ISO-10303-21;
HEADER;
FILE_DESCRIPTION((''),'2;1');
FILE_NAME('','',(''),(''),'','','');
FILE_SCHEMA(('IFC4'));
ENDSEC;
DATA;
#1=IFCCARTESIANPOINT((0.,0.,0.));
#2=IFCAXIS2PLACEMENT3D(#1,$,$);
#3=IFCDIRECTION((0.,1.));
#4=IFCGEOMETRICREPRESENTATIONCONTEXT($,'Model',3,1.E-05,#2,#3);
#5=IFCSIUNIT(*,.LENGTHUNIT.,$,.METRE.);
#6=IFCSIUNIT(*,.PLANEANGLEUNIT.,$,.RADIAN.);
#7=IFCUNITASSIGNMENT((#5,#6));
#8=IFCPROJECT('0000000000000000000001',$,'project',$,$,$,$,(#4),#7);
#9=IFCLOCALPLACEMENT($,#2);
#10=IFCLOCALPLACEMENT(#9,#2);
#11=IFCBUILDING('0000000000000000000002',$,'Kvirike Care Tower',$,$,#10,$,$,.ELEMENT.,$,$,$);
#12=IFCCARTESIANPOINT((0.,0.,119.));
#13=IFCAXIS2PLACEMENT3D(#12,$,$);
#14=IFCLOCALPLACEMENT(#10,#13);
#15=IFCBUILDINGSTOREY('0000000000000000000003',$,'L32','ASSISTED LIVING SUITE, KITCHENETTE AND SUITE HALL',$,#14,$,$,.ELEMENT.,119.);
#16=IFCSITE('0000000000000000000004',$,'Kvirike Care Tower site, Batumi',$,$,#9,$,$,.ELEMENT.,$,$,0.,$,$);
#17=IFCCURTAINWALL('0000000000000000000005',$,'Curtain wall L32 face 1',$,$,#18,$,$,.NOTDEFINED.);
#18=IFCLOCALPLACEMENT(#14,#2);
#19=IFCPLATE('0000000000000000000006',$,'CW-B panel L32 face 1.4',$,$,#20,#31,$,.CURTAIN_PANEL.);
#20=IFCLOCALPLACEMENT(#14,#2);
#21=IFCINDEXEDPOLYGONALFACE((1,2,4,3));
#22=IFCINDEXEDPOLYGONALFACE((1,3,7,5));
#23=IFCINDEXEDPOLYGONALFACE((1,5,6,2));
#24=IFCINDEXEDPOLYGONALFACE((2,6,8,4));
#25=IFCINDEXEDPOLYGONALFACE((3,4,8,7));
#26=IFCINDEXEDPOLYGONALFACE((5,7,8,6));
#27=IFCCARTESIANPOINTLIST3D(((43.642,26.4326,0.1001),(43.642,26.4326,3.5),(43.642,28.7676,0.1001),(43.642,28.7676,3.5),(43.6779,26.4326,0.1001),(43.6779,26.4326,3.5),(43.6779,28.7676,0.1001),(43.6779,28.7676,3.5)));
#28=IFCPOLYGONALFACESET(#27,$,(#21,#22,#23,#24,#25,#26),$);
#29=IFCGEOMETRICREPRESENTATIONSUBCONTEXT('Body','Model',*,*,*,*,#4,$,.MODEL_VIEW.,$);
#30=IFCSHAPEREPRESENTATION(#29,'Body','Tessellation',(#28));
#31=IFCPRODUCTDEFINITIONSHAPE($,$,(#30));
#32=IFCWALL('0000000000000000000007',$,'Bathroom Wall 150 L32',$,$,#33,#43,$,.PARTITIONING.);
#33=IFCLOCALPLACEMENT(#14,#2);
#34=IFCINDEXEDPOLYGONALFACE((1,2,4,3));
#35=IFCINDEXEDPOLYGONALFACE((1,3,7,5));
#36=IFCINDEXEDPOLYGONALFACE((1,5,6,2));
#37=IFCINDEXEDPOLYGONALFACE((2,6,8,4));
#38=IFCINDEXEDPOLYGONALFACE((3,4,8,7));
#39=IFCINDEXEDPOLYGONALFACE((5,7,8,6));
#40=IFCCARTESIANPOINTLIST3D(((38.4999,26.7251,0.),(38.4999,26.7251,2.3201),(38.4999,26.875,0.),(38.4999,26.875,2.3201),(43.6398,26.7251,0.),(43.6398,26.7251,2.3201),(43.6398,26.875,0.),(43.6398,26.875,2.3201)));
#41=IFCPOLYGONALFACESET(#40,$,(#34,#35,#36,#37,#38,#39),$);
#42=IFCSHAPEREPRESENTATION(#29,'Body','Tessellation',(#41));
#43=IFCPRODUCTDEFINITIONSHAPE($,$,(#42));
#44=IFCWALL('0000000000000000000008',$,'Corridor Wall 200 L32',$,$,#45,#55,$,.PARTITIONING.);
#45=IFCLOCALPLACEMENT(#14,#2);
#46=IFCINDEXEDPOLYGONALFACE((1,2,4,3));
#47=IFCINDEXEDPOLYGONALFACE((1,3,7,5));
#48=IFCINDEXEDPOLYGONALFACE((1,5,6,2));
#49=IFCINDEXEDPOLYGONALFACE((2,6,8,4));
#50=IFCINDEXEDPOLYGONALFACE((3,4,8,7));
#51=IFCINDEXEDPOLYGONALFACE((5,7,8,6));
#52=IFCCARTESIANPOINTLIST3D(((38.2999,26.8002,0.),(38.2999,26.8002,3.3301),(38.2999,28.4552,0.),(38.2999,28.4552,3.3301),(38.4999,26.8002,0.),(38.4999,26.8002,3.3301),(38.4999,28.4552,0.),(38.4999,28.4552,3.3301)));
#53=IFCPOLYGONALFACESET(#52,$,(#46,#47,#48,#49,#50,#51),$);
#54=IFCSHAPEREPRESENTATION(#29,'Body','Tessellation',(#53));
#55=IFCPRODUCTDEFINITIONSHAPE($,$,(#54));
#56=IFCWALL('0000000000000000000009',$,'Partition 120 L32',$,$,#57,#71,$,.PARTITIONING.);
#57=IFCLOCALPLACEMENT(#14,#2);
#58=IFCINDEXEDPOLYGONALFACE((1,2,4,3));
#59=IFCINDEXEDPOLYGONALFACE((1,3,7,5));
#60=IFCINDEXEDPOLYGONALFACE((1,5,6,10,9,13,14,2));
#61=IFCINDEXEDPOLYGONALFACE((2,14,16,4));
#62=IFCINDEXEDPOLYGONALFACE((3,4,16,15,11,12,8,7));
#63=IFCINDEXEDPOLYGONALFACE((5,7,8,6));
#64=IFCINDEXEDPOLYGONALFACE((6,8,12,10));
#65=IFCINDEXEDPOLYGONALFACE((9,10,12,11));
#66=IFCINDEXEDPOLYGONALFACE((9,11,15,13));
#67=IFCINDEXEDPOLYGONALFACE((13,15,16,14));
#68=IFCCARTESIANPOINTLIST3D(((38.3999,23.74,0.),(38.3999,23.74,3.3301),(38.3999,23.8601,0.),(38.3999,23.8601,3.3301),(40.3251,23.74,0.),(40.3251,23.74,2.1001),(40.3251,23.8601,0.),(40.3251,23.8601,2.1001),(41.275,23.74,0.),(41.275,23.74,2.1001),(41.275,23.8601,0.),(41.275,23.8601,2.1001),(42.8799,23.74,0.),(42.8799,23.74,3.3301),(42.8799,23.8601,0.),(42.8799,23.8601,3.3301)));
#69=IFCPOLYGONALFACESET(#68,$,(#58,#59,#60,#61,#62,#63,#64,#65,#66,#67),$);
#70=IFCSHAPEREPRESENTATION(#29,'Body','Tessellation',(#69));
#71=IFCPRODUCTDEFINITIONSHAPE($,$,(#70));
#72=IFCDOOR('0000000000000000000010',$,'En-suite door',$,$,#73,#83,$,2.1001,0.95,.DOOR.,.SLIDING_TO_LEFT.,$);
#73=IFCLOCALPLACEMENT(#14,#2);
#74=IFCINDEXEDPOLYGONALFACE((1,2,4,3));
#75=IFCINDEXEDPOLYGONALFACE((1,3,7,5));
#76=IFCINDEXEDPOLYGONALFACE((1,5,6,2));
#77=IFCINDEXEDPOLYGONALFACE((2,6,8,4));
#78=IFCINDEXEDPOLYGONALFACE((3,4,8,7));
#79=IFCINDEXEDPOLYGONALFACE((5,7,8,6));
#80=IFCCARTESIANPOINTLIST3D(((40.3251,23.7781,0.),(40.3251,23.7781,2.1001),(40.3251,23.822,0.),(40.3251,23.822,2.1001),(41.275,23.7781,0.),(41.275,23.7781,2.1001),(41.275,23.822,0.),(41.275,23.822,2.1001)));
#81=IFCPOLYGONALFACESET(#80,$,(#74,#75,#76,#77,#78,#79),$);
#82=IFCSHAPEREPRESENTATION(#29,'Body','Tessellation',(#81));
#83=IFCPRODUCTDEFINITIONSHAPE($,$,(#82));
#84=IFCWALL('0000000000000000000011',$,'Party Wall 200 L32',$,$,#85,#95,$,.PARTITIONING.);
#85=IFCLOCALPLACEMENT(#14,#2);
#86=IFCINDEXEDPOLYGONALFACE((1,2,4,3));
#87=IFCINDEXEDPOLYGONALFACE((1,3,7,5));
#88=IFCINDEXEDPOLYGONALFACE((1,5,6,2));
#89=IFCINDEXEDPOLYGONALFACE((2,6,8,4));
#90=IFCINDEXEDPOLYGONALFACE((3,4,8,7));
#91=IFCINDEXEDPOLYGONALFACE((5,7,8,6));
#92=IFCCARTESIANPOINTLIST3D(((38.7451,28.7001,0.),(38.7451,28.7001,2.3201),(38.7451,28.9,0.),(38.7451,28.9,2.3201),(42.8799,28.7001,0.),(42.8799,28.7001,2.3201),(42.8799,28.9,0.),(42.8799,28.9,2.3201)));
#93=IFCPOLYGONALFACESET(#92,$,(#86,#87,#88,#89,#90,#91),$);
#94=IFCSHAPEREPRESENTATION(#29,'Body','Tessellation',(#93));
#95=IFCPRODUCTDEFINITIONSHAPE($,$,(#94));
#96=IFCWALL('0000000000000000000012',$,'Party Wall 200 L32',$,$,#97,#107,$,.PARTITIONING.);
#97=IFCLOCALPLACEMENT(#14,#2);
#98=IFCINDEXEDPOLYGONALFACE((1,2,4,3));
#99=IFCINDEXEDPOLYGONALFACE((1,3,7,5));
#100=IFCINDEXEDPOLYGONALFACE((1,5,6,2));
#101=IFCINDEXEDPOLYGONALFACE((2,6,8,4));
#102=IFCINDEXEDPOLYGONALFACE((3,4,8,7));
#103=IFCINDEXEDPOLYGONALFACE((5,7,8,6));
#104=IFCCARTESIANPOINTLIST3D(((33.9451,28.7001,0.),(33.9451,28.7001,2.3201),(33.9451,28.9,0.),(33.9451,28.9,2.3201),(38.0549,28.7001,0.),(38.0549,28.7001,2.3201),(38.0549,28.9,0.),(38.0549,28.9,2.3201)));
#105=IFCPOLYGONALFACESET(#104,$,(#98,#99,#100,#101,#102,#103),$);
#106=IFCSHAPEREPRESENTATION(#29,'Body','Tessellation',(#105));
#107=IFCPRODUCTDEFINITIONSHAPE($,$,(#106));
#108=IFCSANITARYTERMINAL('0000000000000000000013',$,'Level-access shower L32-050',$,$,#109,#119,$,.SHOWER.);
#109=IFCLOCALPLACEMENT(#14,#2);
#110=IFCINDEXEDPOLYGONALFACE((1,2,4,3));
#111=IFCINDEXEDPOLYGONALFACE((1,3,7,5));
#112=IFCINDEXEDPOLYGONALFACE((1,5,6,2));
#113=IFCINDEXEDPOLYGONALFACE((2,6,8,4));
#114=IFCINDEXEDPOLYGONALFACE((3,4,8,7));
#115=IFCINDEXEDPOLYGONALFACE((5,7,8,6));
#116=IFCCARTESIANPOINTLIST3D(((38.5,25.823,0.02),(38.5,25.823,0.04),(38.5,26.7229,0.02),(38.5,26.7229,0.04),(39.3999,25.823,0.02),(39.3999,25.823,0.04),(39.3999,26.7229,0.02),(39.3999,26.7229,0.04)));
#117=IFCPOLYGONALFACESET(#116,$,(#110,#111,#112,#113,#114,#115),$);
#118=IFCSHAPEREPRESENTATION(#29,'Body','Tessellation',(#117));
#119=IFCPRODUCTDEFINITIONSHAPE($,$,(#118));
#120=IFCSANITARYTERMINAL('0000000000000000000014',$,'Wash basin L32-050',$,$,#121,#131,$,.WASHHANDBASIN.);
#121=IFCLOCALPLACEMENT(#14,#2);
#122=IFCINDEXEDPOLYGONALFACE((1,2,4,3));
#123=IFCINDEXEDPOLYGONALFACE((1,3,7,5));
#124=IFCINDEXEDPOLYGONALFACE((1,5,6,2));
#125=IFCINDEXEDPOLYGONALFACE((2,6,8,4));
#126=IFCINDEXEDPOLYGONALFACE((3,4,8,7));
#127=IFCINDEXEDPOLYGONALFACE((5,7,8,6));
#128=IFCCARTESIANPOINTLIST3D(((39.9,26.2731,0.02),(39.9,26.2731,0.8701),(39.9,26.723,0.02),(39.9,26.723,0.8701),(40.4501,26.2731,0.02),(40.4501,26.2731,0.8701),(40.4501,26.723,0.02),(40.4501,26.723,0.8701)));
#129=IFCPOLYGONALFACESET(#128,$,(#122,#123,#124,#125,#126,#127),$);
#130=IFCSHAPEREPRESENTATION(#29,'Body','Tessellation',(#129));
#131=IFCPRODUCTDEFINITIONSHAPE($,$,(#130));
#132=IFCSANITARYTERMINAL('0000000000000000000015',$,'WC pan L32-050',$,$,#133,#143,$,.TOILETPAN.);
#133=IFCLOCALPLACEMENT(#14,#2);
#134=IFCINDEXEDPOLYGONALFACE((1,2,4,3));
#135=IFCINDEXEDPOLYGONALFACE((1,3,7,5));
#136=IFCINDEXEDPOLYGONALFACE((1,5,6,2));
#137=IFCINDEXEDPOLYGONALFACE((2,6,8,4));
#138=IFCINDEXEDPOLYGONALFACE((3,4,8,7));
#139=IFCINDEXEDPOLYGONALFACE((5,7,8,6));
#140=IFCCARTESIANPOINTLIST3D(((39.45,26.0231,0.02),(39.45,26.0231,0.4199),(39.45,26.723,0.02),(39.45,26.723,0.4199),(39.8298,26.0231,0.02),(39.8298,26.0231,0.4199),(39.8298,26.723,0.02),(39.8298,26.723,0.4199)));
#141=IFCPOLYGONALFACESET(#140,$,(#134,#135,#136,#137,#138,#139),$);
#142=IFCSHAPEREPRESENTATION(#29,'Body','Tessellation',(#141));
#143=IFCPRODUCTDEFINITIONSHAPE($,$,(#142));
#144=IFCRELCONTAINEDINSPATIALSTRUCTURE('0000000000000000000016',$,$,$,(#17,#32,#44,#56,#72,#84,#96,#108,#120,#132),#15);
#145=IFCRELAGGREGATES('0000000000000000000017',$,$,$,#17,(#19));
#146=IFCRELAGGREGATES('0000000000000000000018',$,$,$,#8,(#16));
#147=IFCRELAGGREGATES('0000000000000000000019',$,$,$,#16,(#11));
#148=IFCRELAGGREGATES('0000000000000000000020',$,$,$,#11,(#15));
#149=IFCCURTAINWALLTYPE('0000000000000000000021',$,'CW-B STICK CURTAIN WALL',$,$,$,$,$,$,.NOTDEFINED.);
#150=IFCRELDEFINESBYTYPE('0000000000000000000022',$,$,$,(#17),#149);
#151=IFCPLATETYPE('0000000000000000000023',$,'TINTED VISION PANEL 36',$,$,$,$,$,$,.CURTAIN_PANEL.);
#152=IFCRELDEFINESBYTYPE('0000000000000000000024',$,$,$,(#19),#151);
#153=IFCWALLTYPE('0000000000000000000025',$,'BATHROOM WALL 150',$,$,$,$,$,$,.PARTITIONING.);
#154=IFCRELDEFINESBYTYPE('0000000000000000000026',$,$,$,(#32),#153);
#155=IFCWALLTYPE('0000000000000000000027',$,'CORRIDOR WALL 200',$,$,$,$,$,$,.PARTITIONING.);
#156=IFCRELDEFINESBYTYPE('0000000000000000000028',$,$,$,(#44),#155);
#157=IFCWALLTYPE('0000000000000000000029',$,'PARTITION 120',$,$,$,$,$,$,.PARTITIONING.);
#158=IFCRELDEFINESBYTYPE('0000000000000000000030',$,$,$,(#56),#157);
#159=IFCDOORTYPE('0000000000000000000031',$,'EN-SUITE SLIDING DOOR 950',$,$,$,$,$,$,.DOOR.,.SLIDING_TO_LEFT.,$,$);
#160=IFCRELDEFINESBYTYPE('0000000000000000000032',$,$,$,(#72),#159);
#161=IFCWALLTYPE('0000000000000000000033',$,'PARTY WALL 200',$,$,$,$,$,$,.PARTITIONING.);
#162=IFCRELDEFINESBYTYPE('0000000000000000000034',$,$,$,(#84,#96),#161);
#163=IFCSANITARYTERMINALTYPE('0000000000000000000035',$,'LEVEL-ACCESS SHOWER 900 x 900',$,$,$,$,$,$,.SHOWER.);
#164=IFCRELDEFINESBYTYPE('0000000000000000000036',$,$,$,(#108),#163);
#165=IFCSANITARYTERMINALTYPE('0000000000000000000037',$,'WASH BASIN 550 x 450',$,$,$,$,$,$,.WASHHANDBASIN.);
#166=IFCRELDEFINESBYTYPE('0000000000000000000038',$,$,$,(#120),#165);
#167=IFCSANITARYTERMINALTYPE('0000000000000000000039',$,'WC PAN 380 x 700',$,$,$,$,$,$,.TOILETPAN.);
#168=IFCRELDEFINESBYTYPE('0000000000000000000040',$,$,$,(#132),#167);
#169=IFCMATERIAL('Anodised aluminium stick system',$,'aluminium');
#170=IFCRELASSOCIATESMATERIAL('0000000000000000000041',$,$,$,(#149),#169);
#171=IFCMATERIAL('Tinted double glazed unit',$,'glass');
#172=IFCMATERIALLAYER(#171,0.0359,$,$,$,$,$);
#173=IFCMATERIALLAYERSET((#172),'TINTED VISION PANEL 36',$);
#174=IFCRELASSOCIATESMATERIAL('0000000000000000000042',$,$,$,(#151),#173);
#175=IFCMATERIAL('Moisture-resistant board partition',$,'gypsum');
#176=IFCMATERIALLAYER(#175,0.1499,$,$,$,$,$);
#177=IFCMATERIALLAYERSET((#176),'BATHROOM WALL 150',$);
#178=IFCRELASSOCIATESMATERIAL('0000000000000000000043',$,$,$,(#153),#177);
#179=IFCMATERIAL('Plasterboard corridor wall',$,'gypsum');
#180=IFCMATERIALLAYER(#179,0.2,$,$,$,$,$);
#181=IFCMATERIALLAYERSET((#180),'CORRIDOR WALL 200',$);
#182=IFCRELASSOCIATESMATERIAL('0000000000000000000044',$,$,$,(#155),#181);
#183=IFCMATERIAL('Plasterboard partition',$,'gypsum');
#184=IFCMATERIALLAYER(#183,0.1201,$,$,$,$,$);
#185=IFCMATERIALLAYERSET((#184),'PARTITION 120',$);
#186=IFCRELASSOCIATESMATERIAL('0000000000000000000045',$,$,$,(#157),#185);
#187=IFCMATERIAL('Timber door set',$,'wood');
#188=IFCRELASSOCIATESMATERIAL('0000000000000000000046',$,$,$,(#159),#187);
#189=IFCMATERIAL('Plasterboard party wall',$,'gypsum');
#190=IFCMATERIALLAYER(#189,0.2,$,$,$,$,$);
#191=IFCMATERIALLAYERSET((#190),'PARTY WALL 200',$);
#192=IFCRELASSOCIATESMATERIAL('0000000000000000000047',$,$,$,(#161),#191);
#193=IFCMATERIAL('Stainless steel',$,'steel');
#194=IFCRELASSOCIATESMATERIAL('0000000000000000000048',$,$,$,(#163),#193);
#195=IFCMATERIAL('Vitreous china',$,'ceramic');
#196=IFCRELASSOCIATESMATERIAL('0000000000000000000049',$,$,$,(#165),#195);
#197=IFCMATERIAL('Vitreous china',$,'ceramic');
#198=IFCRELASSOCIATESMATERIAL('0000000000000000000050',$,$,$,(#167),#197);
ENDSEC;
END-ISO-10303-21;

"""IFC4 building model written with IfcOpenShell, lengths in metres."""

from ifc_helpers import new_model, si_unit, direction, frame, frame_2d, origin, origin_2d, place, context, subcontext, project, spatial, rectangle, extrude, material, layer, layer_set, type_object, element, fill, aggregate, save


model = new_model("IFC4")

# Units and contexts
model_context = context("Model", 3, precision=1e-05, world=origin(), true_north=direction((0.0, 1.0)))
body_context = subcontext(model_context, "Body", "Model", "MODEL_VIEW")
ifc_project = project(units=[si_unit("LENGTHUNIT", "METRE"), si_unit("PLANEANGLEUNIT", "RADIAN")], contexts=[model_context])

# Site, building, storey
site_placement = place(None, origin())
site = spatial("IfcSite", under=ifc_project, at=site_placement, Name="Kvirike Care Tower site, Batumi", CompositionType="ELEMENT", RefElevation=0.0)
building_placement = place(site_placement, origin())
building = spatial("IfcBuilding", under=site, at=building_placement, Name="Kvirike Care Tower", CompositionType="ELEMENT")
storey_placement = place(building_placement, frame((0.0, 0.0, 119.0)))
storey = spatial("IfcBuildingStorey", under=building, at=storey_placement, Name="L32", Description="ASSISTED LIVING SUITE, KITCHENETTE AND SUITE HALL", CompositionType="ELEMENT", Elevation=119.0)

# Curtain wall
ifc_material_1 = material(Name="Anodised aluminium stick system", Category="aluminium")
curtain_wall_type = type_object("IfcCurtainWallType", Name="CW-B STICK CURTAIN WALL", PredefinedType="NOTDEFINED", material=ifc_material_1)
curtain_wall_placement = place(storey_placement, origin())
curtain_wall = element("IfcCurtainWall", 1, at=curtain_wall_placement, inside=storey, type_object=curtain_wall_type, Name="Curtain wall L32 face 1", PredefinedType="NOTDEFINED")

# Plate
ifc_material_2 = material(Name="Tinted double glazed unit", Category="glass")
ifc_layer_1 = layer(ifc_material_2, 0.0359)
ifc_layer_set_1 = layer_set([ifc_layer_1], Name="TINTED VISION PANEL 36")
plate_type = type_object("IfcPlateType", Name="TINTED VISION PANEL 36", PredefinedType="CURTAIN_PANEL", material=ifc_layer_set_1)
plate_1_placement = place(storey_placement, frame((43.6599, 27.6001, 0.1001), z_axis=(0.0, 0.0, 1.0), x_axis=(0.0, 1.0, 0.0)))
plate_1 = element("IfcPlate", 2, at=plate_1_placement, type_object=plate_type, Name="CW-B panel L32 face 1.4", PredefinedType="CURTAIN_PANEL", context=body_context, shape_type="SweptSolid", body=[
    extrude(rectangle(XDim=2.335, YDim=0.0359, at=origin_2d()), origin(), (0.0, 0.0, 1.0), 3.3999),
])
aggregate(curtain_wall, [plate_1])

# Walls
ifc_material_3 = material(Name="Moisture-resistant board partition", Category="gypsum")
ifc_layer_2 = layer(ifc_material_3, 0.1499)
ifc_layer_set_2 = layer_set([ifc_layer_2], Name="BATHROOM WALL 150")
wall_type_1 = type_object("IfcWallType", Name="BATHROOM WALL 150", PredefinedType="PARTITIONING", material=ifc_layer_set_2)
wall_1_placement = place(storey_placement, frame((38.5, 26.8, 0.0), z_axis=(0.0, 0.0, 1.0), x_axis=(1.0, 0.0, 0.0)))
element("IfcWall", 3, at=wall_1_placement, inside=storey, type_object=wall_type_1, Name="Bathroom Wall 150 L32", PredefinedType="PARTITIONING", context=body_context, shape_type="SweptSolid", body=[
    extrude(rectangle(XDim=5.1399, YDim=0.1499, at=frame_2d((2.5698, 0.0))), origin(), (0.0, 0.0, 1.0), 2.3201),
])
ifc_material_4 = material(Name="Plasterboard corridor wall", Category="gypsum")
ifc_layer_3 = layer(ifc_material_4, 0.2)
ifc_layer_set_3 = layer_set([ifc_layer_3], Name="CORRIDOR WALL 200")
wall_type_2 = type_object("IfcWallType", Name="CORRIDOR WALL 200", PredefinedType="PARTITIONING", material=ifc_layer_set_3)
wall_2_placement = place(storey_placement, frame((38.3999, 26.8, 0.0), z_axis=(0.0, 0.0, 1.0), x_axis=(0.0, 1.0, 0.0)))
element("IfcWall", 4, at=wall_2_placement, inside=storey, type_object=wall_type_2, Name="Corridor Wall 200 L32", PredefinedType="PARTITIONING", context=body_context, shape_type="SweptSolid", body=[
    extrude(rectangle(XDim=1.655, YDim=0.2, at=frame_2d((0.8276, 0.0))), origin(), (0.0, 0.0, 1.0), 3.3301),
])

# Wall, opening, door
ifc_material_5 = material(Name="Plasterboard partition", Category="gypsum")
ifc_layer_4 = layer(ifc_material_5, 0.1201)
ifc_layer_set_4 = layer_set([ifc_layer_4], Name="PARTITION 120")
wall_type_3 = type_object("IfcWallType", Name="PARTITION 120", PredefinedType="PARTITIONING", material=ifc_layer_set_4)
wall_3_placement = place(storey_placement, frame((38.3999, 23.8, 0.0), z_axis=(0.0, 0.0, 1.0), x_axis=(1.0, 0.0, 0.0)))
wall_3 = element("IfcWall", 5, at=wall_3_placement, inside=storey, type_object=wall_type_3, Name="Partition 120 L32", PredefinedType="PARTITIONING", context=body_context, shape_type="SweptSolid", body=[
    extrude(rectangle(XDim=4.48, YDim=0.1201, at=frame_2d((2.24, 0.0))), origin(), (0.0, 0.0, 1.0), 3.3301),
])
opening_placement = place(wall_3_placement, frame((1.925, 0.0, 0.0)))
opening = element("IfcOpeningElement", 6, at=opening_placement, cuts=wall_3, PredefinedType="OPENING", context=body_context, shape_type="SweptSolid", body=[
    extrude(rectangle(XDim=0.95, YDim=2.1001, at=frame_2d((0.4751, 1.05))), frame((0.0, 0.0706, 0.0), z_axis=(0.0, -1.0, 0.0), x_axis=(1.0, 0.0, 0.0)), (0.0, 0.0, 1.0), 0.1411),
])
ifc_material_6 = material(Name="Timber door set", Category="wood")
door_type = type_object("IfcDoorType", Name="EN-SUITE SLIDING DOOR 950", OperationType="SLIDING_TO_LEFT", PredefinedType="DOOR", material=ifc_material_6)
door_placement = place(opening_placement, origin())
door = element("IfcDoor", 7, at=door_placement, inside=storey, type_object=door_type, Name="En-suite door", OperationType="SLIDING_TO_LEFT", OverallHeight=2.1001, OverallWidth=0.95, PredefinedType="DOOR", context=body_context, shape_type="SweptSolid", body=[
    extrude(rectangle(XDim=0.95, YDim=2.1001, at=frame_2d((0.4751, 1.05))), frame((0.0, 0.022, 0.0), z_axis=(0.0, -1.0, 0.0), x_axis=(1.0, 0.0, 0.0)), (0.0, 0.0, 1.0), 0.0439),
])
fill(opening, door)

# Walls
ifc_material_7 = material(Name="Plasterboard party wall", Category="gypsum")
ifc_layer_5 = layer(ifc_material_7, 0.2)
ifc_layer_set_5 = layer_set([ifc_layer_5], Name="PARTY WALL 200")
wall_type_4 = type_object("IfcWallType", Name="PARTY WALL 200", PredefinedType="PARTITIONING", material=ifc_layer_set_5)
wall_4_placement = place(storey_placement, frame((42.8799, 28.8, 0.0), z_axis=(0.0, 0.0, 1.0), x_axis=(-1.0, 0.0, 0.0)))
element("IfcWall", 8, at=wall_4_placement, inside=storey, type_object=wall_type_4, Name="Party Wall 200 L32", PredefinedType="PARTITIONING", context=body_context, shape_type="SweptSolid", body=[
    extrude(rectangle(XDim=4.1348, YDim=0.2, at=frame_2d((2.0674, 0.0))), origin(), (0.0, 0.0, 1.0), 2.3201),
])
wall_5_placement = place(storey_placement, frame((38.0549, 28.8, 0.0), z_axis=(0.0, 0.0, 1.0), x_axis=(-1.0, 0.0, 0.0)))
element("IfcWall", 9, at=wall_5_placement, inside=storey, type_object=wall_type_4, Name="Party Wall 200 L32", PredefinedType="PARTITIONING", context=body_context, shape_type="SweptSolid", body=[
    extrude(rectangle(XDim=4.1099, YDim=0.2, at=frame_2d((2.0549, 0.0))), origin(), (0.0, 0.0, 1.0), 2.3201),
])

# Sanitary terminals
ifc_material_8 = material(Name="Stainless steel", Category="steel")
sanitary_terminal_type_1 = type_object("IfcSanitaryTerminalType", Name="LEVEL-ACCESS SHOWER 900 x 900", PredefinedType="SHOWER", material=ifc_material_8)
sanitary_terminal_1_placement = place(storey_placement, frame((38.95, 26.2729, 0.02), z_axis=(0.0, 0.0, 1.0), x_axis=(1.0, 0.0, 0.0)))
element("IfcSanitaryTerminal", 10, at=sanitary_terminal_1_placement, inside=storey, type_object=sanitary_terminal_type_1, Name="Level-access shower L32-050", PredefinedType="SHOWER", context=body_context, shape_type="SweptSolid", body=[
    extrude(rectangle(XDim=0.8999, YDim=0.8999, at=origin_2d()), origin(), (0.0, 0.0, 1.0), 0.02),
])
ifc_material_9 = material(Name="Vitreous china", Category="ceramic")
sanitary_terminal_type_2 = type_object("IfcSanitaryTerminalType", Name="WASH BASIN 550 x 450", PredefinedType="WASHHANDBASIN", material=ifc_material_9)
sanitary_terminal_2_placement = place(storey_placement, frame((40.175, 26.498, 0.02), z_axis=(0.0, 0.0, 1.0), x_axis=(1.0, 0.0, 0.0)))
element("IfcSanitaryTerminal", 11, at=sanitary_terminal_2_placement, inside=storey, type_object=sanitary_terminal_type_2, Name="Wash basin L32-050", PredefinedType="WASHHANDBASIN", context=body_context, shape_type="SweptSolid", body=[
    extrude(rectangle(XDim=0.55, YDim=0.45, at=origin_2d()), origin(), (0.0, 0.0, 1.0), 0.8501),
])
ifc_material_10 = material(Name="Vitreous china", Category="ceramic")
sanitary_terminal_type_3 = type_object("IfcSanitaryTerminalType", Name="WC PAN 380 x 700", PredefinedType="TOILETPAN", material=ifc_material_10)
sanitary_terminal_3_placement = place(storey_placement, frame((39.6399, 26.373, 0.02), z_axis=(0.0, 0.0, 1.0), x_axis=(1.0, 0.0, 0.0)))
element("IfcSanitaryTerminal", 12, at=sanitary_terminal_3_placement, inside=storey, type_object=sanitary_terminal_type_3, Name="WC pan L32-050", PredefinedType="TOILETPAN", context=body_context, shape_type="SweptSolid", body=[
    extrude(rectangle(XDim=0.3799, YDim=0.7, at=origin_2d()), origin(), (0.0, 0.0, 1.0), 0.3999),
])

save(model, "model.ifc")
